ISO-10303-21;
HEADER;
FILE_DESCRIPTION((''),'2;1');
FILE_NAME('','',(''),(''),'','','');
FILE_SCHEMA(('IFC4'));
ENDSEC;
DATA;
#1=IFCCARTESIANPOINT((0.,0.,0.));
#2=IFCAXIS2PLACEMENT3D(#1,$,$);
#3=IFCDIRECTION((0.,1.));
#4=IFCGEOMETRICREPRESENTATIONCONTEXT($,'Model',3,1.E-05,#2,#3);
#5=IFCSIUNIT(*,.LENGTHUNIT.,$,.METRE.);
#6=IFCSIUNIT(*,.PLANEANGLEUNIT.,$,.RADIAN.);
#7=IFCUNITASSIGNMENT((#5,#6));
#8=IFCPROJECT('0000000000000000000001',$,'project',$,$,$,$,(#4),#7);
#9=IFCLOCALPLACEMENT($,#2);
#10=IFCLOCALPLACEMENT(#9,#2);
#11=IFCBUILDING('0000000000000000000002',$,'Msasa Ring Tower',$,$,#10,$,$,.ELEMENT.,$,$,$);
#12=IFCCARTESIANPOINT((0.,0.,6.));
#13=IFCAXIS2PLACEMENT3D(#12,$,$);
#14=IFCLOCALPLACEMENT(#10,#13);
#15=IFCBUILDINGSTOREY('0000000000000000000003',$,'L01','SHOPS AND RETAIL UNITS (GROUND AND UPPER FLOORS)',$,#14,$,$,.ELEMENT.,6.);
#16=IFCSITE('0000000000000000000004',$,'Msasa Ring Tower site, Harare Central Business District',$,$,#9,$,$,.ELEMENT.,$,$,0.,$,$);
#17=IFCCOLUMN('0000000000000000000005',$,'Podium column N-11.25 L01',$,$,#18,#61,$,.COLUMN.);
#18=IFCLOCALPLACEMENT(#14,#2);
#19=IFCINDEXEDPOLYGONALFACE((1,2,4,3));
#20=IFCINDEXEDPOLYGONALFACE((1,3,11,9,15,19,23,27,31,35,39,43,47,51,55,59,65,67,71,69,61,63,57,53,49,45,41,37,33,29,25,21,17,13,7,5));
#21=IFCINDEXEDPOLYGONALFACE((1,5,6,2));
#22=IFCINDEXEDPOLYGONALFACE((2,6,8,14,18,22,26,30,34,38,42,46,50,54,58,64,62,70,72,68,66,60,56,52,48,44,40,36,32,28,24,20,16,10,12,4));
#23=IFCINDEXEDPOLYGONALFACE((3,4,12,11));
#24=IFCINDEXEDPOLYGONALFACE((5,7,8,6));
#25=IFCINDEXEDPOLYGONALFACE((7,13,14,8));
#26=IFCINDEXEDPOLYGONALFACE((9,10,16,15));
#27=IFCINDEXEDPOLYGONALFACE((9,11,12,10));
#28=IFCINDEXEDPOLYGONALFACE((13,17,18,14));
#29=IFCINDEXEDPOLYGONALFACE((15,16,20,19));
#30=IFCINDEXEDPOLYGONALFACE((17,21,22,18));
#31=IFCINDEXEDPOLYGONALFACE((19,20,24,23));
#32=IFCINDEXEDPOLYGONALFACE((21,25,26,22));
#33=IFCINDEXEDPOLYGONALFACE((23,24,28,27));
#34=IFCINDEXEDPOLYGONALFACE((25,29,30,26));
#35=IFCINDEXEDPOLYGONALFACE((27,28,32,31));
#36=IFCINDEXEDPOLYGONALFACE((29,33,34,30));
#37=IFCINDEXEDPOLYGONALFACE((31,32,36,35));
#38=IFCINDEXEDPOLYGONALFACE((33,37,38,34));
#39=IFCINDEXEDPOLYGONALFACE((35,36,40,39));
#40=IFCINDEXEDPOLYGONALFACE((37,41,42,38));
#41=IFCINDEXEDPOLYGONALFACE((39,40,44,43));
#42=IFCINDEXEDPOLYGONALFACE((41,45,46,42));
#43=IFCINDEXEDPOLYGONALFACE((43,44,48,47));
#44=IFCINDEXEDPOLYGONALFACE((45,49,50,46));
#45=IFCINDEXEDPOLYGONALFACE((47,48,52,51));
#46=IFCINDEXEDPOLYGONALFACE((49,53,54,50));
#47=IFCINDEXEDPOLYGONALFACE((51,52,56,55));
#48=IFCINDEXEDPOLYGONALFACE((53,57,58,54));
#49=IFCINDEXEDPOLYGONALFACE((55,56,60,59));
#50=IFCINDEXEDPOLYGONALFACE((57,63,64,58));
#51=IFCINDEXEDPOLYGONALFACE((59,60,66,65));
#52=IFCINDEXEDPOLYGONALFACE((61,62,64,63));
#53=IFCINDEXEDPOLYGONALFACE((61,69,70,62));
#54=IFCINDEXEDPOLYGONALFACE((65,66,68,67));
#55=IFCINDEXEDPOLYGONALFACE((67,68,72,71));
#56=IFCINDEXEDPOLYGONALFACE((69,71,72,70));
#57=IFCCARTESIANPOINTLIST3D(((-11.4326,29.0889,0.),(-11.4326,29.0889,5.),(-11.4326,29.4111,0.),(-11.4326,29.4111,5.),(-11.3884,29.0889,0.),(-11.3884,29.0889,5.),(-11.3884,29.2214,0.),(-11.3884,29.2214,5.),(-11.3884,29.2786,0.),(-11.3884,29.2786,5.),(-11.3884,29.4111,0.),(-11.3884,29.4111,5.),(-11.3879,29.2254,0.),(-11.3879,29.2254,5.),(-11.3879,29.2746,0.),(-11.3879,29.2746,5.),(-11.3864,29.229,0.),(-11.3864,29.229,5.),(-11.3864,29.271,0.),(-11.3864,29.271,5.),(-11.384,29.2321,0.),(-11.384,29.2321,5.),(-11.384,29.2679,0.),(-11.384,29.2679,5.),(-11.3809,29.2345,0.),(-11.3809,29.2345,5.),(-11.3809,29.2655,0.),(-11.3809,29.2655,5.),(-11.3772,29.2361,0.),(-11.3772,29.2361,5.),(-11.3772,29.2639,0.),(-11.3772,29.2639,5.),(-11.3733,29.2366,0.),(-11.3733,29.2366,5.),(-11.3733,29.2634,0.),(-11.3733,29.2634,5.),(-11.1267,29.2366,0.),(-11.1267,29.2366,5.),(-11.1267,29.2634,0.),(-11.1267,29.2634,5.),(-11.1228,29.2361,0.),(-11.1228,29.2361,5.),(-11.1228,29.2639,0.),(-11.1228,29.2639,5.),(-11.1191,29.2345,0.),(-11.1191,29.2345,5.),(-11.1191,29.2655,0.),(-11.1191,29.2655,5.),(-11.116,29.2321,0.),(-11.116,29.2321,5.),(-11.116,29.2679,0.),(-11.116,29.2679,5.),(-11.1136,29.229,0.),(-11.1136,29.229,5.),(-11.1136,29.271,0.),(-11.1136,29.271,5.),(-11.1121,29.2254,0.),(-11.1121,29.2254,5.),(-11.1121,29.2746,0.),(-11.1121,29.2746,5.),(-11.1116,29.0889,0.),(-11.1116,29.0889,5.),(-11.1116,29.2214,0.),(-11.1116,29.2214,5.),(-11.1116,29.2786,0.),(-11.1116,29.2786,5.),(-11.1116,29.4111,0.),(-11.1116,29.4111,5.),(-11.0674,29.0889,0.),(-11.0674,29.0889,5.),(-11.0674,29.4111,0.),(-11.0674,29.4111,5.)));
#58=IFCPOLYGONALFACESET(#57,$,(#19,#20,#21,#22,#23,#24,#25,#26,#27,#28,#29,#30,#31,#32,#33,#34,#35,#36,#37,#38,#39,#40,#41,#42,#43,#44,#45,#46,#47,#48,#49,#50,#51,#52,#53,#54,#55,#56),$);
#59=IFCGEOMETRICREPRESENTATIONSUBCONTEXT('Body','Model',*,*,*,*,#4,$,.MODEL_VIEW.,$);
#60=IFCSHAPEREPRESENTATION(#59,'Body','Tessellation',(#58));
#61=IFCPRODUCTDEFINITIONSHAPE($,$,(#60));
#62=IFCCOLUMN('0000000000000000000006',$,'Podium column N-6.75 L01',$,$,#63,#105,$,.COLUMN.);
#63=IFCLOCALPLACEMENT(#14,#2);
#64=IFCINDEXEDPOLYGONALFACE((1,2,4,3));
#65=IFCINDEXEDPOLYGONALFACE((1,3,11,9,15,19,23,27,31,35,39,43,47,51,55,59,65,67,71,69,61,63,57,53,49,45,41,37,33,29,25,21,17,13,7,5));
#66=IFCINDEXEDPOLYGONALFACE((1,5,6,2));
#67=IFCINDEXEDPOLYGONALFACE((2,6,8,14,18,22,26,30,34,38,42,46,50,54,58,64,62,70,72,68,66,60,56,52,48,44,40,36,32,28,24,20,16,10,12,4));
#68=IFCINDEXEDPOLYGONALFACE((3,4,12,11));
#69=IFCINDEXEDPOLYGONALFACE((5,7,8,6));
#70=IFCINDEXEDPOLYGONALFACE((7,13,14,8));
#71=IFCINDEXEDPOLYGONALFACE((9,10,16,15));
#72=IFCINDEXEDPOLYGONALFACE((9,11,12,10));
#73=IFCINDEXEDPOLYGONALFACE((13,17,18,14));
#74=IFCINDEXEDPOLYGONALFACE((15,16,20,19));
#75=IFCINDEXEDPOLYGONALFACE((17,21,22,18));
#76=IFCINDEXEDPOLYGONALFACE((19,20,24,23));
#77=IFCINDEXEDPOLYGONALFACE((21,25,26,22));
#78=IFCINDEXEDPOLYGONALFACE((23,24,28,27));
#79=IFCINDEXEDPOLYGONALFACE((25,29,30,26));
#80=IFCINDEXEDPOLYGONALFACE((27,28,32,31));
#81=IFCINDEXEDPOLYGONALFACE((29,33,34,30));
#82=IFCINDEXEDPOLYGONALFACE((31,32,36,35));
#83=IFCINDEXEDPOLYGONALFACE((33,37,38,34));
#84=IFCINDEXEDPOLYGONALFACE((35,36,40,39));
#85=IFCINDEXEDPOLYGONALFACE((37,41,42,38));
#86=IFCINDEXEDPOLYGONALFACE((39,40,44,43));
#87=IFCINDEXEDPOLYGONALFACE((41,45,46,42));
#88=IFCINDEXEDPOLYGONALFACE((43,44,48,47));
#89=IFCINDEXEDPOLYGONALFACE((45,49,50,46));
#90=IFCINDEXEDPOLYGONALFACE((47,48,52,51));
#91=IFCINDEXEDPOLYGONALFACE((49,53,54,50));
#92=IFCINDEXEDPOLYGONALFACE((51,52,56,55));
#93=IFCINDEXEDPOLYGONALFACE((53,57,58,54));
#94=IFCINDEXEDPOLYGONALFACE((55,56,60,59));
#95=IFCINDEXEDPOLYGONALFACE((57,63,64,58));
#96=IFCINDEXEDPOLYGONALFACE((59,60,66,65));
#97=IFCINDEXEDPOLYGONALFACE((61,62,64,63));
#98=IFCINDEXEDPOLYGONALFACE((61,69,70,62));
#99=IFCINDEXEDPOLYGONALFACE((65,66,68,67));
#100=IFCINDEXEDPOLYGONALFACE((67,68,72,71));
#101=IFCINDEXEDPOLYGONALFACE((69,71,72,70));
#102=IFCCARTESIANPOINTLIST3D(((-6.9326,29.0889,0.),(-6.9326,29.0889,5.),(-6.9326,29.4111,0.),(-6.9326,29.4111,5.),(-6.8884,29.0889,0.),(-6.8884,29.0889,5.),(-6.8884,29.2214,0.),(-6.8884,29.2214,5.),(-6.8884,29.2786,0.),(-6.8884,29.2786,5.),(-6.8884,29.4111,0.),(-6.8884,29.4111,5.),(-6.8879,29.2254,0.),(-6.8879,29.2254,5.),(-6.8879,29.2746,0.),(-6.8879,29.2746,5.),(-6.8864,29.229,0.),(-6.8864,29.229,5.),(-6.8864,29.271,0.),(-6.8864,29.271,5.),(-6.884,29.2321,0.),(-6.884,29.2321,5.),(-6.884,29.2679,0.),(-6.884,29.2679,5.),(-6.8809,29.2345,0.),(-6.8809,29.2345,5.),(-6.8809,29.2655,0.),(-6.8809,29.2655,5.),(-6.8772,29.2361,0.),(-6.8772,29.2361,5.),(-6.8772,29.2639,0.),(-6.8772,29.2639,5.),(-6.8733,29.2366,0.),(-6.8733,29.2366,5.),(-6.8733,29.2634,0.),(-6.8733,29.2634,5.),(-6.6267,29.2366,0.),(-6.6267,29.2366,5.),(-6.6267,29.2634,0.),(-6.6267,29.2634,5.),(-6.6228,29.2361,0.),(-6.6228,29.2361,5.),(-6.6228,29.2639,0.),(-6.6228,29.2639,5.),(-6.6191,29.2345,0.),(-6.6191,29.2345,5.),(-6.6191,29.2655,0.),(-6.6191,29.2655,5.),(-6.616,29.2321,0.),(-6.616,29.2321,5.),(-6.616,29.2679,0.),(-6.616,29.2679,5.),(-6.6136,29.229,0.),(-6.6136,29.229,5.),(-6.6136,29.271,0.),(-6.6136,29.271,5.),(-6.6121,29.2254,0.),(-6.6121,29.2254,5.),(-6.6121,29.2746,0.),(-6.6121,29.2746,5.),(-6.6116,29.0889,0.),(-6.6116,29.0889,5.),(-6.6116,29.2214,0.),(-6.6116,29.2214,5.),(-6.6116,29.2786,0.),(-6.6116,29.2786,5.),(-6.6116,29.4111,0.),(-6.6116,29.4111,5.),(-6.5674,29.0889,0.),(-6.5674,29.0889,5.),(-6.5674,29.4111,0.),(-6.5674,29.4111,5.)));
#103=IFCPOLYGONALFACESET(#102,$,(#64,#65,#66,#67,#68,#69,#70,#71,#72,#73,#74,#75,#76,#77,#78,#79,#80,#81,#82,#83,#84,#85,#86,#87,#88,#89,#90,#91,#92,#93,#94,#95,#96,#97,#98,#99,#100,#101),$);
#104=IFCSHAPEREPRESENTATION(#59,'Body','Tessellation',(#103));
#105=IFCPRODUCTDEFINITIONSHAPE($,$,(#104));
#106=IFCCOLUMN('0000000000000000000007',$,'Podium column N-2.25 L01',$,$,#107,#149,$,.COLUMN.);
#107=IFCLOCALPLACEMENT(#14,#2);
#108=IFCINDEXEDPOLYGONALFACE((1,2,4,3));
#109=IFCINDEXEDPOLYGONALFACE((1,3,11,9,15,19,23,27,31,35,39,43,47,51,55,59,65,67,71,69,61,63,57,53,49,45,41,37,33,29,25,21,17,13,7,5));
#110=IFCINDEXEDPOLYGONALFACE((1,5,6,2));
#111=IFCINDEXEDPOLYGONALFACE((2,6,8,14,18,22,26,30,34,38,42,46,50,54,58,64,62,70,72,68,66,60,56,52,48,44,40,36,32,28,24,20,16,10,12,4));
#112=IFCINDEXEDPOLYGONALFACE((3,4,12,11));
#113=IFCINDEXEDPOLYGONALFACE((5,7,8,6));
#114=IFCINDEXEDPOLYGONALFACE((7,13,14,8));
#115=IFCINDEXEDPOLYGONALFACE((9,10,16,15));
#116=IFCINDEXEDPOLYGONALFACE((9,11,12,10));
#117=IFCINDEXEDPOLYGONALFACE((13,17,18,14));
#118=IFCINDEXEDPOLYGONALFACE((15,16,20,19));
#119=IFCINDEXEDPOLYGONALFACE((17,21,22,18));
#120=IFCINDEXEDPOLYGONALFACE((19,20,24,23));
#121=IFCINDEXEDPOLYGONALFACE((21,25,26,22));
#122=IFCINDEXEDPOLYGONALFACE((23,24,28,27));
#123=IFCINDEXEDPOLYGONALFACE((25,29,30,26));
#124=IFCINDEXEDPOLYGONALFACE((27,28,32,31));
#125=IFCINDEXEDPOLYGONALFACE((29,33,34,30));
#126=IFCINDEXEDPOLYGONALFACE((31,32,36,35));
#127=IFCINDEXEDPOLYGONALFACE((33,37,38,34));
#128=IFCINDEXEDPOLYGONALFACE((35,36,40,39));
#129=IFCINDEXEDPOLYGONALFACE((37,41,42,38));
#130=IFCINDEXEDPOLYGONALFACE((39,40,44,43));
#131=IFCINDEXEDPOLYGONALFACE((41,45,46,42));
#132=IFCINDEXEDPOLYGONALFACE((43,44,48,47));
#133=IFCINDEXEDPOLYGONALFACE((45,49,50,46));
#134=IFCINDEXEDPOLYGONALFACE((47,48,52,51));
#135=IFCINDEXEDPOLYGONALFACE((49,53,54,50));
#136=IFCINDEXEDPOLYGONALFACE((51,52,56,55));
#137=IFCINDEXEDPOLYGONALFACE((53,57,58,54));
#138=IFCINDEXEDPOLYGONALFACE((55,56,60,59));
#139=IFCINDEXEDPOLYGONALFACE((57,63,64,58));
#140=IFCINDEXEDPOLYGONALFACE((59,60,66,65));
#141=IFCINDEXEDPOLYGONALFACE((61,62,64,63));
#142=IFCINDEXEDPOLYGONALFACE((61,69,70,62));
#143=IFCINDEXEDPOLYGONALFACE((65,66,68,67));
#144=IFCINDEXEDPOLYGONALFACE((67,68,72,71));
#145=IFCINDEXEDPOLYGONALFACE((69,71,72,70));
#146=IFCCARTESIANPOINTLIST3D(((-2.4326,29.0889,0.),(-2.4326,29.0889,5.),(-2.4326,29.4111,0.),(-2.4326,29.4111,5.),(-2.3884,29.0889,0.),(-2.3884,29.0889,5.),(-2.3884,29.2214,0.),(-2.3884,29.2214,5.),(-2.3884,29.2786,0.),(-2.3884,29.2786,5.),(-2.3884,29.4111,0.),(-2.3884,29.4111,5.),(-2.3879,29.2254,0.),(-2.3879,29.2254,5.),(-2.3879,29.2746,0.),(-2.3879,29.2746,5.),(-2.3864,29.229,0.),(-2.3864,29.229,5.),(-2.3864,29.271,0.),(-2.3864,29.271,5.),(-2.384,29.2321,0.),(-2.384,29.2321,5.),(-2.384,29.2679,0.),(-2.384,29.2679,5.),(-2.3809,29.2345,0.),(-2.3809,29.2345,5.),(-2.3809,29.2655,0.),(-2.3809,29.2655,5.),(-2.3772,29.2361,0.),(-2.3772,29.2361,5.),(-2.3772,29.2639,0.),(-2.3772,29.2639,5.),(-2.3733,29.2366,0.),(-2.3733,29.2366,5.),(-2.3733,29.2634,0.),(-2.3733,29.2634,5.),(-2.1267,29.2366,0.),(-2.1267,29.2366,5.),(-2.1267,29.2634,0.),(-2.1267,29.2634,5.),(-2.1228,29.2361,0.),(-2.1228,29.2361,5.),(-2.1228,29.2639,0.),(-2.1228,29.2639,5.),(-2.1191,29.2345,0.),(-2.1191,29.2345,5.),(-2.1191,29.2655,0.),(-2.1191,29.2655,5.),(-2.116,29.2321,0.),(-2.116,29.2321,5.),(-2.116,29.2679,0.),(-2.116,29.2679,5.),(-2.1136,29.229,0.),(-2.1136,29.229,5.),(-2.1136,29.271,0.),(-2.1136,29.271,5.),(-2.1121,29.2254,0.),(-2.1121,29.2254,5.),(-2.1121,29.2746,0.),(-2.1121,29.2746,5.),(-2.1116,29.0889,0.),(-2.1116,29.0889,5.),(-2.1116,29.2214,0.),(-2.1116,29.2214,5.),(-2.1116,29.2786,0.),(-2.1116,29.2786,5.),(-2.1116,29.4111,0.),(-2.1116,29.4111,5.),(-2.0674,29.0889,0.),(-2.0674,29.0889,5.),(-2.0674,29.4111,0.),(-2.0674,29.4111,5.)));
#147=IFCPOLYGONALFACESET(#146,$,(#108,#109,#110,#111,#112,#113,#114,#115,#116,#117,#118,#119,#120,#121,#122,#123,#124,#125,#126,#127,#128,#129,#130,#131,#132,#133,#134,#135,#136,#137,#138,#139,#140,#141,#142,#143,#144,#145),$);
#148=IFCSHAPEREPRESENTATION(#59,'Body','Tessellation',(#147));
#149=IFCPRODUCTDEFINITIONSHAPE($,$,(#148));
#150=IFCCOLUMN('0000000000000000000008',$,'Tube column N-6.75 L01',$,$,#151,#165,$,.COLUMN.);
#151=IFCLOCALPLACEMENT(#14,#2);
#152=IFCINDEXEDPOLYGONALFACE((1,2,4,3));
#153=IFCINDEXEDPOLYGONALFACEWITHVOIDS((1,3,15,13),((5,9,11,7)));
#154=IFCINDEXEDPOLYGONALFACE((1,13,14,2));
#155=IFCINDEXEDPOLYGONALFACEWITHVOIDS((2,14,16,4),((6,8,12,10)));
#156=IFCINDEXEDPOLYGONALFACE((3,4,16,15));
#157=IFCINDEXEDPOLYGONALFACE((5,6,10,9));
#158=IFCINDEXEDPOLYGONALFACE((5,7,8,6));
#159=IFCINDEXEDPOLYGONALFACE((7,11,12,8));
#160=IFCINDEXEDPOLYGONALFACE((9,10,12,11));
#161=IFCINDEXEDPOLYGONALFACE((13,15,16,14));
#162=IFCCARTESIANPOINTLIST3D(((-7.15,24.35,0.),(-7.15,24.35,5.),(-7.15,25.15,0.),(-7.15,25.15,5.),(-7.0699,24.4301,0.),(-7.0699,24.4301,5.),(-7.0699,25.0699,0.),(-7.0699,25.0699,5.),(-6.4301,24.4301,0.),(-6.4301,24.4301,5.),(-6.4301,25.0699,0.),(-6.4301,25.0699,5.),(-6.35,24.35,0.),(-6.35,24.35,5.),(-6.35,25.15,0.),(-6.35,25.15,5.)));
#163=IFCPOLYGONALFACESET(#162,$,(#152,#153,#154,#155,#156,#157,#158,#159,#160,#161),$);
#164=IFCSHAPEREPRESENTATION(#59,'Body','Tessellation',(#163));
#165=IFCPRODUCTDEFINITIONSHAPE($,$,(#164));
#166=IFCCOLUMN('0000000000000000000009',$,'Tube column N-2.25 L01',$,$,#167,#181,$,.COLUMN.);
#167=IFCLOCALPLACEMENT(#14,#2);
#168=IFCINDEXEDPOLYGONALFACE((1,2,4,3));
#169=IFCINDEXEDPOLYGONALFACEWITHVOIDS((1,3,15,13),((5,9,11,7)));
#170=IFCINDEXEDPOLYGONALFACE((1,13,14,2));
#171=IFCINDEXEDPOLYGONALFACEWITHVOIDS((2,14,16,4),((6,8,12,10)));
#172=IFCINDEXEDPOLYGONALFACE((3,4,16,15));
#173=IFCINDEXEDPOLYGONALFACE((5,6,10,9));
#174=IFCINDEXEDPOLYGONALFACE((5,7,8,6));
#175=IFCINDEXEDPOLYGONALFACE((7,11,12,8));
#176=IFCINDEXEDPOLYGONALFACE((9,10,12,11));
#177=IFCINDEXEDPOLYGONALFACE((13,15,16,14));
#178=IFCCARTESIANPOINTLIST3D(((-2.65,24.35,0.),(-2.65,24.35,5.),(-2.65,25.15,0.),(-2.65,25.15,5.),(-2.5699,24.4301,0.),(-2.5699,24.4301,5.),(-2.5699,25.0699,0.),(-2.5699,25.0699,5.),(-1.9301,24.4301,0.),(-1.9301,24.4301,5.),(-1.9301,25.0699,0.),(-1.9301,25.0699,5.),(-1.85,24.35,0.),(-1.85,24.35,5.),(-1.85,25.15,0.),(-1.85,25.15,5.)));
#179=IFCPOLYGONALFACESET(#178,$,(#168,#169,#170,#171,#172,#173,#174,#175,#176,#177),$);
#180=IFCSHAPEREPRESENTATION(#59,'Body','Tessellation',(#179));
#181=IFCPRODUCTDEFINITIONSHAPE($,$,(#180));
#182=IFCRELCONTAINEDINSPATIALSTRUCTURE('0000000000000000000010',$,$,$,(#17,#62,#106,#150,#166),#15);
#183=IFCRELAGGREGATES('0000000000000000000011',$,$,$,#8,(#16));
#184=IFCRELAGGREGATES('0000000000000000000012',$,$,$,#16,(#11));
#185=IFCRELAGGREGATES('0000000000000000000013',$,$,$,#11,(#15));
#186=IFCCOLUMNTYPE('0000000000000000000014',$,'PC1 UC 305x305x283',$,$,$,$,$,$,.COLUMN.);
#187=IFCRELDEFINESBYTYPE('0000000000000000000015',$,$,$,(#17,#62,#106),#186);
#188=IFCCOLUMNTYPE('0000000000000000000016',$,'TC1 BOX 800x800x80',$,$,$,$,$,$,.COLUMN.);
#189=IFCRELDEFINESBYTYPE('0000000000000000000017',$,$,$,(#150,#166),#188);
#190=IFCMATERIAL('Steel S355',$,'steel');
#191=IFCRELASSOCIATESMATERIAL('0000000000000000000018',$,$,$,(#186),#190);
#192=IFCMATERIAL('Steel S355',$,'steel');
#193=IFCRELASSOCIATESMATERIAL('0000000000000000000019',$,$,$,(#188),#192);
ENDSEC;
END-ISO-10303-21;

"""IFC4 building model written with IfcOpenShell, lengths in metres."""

from ifc_helpers import new_model, si_unit, direction, frame, origin, origin_2d, place, context, subcontext, project, spatial, hollow_rectangle, i_section, extrude, material, material_profile, profile_set, type_object, element, save


model = new_model("IFC4")

# Units and contexts
model_context = context("Model", 3, precision=1e-05, world=origin(), true_north=direction((0.0, 1.0)))
body_context = subcontext(model_context, "Body", "Model", "MODEL_VIEW")
ifc_project = project(units=[si_unit("LENGTHUNIT", "METRE"), si_unit("PLANEANGLEUNIT", "RADIAN")], contexts=[model_context])

# Site, building, storey
site_placement = place(None, origin())
site = spatial("IfcSite", under=ifc_project, at=site_placement, Name="Msasa Ring Tower site, Harare Central Business District", CompositionType="ELEMENT", RefElevation=0.0)
building_placement = place(site_placement, origin())
building = spatial("IfcBuilding", under=site, at=building_placement, Name="Msasa Ring Tower", CompositionType="ELEMENT")
storey_placement = place(building_placement, frame((0.0, 0.0, 6.0)))
storey = spatial("IfcBuildingStorey", under=building, at=storey_placement, Name="L01", Description="SHOPS AND RETAIL UNITS (GROUND AND UPPER FLOORS)", CompositionType="ELEMENT", Elevation=6.0)

# Columns
ifc_material_1 = material(Name="Steel S355", Category="steel")
ifc_material_profile_1 = material_profile(ifc_material_1, i_section(OverallWidth=0.3223, OverallDepth=0.3652, WebThickness=0.0269, FlangeThickness=0.0442, FilletRadius=0.0151, at=origin_2d()), Name="UC 305x305x283")
ifc_profile_set_1 = profile_set([ifc_material_profile_1], Name="Steel S355")
column_type_1 = type_object("IfcColumnType", Name="PC1 UC 305x305x283", PredefinedType="COLUMN", material=ifc_profile_set_1)
for number, where, z_axis, x_axis, name in (
    (1, (-11.25, 29.25, 0.0), (0.0, 0.0, 1.0), (0.0, 1.0, 0.0), "Podium column N-11.25 L01"),
    (2, (-6.75, 29.25, 0.0), (0.0, 0.0, 1.0), (0.0, 1.0, 0.0), "Podium column N-6.75 L01"),
    (3, (-2.25, 29.25, 0.0), (0.0, 0.0, 1.0), (0.0, 1.0, 0.0), "Podium column N-2.25 L01"),
):
    element("IfcColumn", number, at=place(storey_placement, frame(where, z_axis=z_axis, x_axis=x_axis)), inside=storey, type_object=column_type_1, Name=name, PredefinedType="COLUMN", context=body_context, shape_type="SweptSolid", body=[
        extrude(i_section(OverallWidth=0.3223, OverallDepth=0.3652, WebThickness=0.0269, FlangeThickness=0.0442, FilletRadius=0.0151, at=origin_2d()), origin(), (0.0, 0.0, 1.0), 5.0),
    ])
ifc_material_2 = material(Name="Steel S355", Category="steel")
ifc_material_profile_2 = material_profile(ifc_material_2, hollow_rectangle(XDim=0.8, YDim=0.8, WallThickness=0.0801, at=origin_2d()), Name="BOX 800x800x80")
ifc_profile_set_2 = profile_set([ifc_material_profile_2], Name="Steel S355")
column_type_2 = type_object("IfcColumnType", Name="TC1 BOX 800x800x80", PredefinedType="COLUMN", material=ifc_profile_set_2)
for number, where, z_axis, x_axis, name in (
    (4, (-6.75, 24.75, 0.0), (0.0, 0.0, 1.0), (0.0, 1.0, 0.0), "Tube column N-6.75 L01"),
    (5, (-2.25, 24.75, 0.0), (0.0, 0.0, 1.0), (0.0, 1.0, 0.0), "Tube column N-2.25 L01"),
):
    element("IfcColumn", number, at=place(storey_placement, frame(where, z_axis=z_axis, x_axis=x_axis)), inside=storey, type_object=column_type_2, Name=name, PredefinedType="COLUMN", context=body_context, shape_type="SweptSolid", body=[
        extrude(hollow_rectangle(XDim=0.8, YDim=0.8, WallThickness=0.0801, at=origin_2d()), origin(), (0.0, 0.0, 1.0), 5.0),
    ])

save(model, "model.ifc")
